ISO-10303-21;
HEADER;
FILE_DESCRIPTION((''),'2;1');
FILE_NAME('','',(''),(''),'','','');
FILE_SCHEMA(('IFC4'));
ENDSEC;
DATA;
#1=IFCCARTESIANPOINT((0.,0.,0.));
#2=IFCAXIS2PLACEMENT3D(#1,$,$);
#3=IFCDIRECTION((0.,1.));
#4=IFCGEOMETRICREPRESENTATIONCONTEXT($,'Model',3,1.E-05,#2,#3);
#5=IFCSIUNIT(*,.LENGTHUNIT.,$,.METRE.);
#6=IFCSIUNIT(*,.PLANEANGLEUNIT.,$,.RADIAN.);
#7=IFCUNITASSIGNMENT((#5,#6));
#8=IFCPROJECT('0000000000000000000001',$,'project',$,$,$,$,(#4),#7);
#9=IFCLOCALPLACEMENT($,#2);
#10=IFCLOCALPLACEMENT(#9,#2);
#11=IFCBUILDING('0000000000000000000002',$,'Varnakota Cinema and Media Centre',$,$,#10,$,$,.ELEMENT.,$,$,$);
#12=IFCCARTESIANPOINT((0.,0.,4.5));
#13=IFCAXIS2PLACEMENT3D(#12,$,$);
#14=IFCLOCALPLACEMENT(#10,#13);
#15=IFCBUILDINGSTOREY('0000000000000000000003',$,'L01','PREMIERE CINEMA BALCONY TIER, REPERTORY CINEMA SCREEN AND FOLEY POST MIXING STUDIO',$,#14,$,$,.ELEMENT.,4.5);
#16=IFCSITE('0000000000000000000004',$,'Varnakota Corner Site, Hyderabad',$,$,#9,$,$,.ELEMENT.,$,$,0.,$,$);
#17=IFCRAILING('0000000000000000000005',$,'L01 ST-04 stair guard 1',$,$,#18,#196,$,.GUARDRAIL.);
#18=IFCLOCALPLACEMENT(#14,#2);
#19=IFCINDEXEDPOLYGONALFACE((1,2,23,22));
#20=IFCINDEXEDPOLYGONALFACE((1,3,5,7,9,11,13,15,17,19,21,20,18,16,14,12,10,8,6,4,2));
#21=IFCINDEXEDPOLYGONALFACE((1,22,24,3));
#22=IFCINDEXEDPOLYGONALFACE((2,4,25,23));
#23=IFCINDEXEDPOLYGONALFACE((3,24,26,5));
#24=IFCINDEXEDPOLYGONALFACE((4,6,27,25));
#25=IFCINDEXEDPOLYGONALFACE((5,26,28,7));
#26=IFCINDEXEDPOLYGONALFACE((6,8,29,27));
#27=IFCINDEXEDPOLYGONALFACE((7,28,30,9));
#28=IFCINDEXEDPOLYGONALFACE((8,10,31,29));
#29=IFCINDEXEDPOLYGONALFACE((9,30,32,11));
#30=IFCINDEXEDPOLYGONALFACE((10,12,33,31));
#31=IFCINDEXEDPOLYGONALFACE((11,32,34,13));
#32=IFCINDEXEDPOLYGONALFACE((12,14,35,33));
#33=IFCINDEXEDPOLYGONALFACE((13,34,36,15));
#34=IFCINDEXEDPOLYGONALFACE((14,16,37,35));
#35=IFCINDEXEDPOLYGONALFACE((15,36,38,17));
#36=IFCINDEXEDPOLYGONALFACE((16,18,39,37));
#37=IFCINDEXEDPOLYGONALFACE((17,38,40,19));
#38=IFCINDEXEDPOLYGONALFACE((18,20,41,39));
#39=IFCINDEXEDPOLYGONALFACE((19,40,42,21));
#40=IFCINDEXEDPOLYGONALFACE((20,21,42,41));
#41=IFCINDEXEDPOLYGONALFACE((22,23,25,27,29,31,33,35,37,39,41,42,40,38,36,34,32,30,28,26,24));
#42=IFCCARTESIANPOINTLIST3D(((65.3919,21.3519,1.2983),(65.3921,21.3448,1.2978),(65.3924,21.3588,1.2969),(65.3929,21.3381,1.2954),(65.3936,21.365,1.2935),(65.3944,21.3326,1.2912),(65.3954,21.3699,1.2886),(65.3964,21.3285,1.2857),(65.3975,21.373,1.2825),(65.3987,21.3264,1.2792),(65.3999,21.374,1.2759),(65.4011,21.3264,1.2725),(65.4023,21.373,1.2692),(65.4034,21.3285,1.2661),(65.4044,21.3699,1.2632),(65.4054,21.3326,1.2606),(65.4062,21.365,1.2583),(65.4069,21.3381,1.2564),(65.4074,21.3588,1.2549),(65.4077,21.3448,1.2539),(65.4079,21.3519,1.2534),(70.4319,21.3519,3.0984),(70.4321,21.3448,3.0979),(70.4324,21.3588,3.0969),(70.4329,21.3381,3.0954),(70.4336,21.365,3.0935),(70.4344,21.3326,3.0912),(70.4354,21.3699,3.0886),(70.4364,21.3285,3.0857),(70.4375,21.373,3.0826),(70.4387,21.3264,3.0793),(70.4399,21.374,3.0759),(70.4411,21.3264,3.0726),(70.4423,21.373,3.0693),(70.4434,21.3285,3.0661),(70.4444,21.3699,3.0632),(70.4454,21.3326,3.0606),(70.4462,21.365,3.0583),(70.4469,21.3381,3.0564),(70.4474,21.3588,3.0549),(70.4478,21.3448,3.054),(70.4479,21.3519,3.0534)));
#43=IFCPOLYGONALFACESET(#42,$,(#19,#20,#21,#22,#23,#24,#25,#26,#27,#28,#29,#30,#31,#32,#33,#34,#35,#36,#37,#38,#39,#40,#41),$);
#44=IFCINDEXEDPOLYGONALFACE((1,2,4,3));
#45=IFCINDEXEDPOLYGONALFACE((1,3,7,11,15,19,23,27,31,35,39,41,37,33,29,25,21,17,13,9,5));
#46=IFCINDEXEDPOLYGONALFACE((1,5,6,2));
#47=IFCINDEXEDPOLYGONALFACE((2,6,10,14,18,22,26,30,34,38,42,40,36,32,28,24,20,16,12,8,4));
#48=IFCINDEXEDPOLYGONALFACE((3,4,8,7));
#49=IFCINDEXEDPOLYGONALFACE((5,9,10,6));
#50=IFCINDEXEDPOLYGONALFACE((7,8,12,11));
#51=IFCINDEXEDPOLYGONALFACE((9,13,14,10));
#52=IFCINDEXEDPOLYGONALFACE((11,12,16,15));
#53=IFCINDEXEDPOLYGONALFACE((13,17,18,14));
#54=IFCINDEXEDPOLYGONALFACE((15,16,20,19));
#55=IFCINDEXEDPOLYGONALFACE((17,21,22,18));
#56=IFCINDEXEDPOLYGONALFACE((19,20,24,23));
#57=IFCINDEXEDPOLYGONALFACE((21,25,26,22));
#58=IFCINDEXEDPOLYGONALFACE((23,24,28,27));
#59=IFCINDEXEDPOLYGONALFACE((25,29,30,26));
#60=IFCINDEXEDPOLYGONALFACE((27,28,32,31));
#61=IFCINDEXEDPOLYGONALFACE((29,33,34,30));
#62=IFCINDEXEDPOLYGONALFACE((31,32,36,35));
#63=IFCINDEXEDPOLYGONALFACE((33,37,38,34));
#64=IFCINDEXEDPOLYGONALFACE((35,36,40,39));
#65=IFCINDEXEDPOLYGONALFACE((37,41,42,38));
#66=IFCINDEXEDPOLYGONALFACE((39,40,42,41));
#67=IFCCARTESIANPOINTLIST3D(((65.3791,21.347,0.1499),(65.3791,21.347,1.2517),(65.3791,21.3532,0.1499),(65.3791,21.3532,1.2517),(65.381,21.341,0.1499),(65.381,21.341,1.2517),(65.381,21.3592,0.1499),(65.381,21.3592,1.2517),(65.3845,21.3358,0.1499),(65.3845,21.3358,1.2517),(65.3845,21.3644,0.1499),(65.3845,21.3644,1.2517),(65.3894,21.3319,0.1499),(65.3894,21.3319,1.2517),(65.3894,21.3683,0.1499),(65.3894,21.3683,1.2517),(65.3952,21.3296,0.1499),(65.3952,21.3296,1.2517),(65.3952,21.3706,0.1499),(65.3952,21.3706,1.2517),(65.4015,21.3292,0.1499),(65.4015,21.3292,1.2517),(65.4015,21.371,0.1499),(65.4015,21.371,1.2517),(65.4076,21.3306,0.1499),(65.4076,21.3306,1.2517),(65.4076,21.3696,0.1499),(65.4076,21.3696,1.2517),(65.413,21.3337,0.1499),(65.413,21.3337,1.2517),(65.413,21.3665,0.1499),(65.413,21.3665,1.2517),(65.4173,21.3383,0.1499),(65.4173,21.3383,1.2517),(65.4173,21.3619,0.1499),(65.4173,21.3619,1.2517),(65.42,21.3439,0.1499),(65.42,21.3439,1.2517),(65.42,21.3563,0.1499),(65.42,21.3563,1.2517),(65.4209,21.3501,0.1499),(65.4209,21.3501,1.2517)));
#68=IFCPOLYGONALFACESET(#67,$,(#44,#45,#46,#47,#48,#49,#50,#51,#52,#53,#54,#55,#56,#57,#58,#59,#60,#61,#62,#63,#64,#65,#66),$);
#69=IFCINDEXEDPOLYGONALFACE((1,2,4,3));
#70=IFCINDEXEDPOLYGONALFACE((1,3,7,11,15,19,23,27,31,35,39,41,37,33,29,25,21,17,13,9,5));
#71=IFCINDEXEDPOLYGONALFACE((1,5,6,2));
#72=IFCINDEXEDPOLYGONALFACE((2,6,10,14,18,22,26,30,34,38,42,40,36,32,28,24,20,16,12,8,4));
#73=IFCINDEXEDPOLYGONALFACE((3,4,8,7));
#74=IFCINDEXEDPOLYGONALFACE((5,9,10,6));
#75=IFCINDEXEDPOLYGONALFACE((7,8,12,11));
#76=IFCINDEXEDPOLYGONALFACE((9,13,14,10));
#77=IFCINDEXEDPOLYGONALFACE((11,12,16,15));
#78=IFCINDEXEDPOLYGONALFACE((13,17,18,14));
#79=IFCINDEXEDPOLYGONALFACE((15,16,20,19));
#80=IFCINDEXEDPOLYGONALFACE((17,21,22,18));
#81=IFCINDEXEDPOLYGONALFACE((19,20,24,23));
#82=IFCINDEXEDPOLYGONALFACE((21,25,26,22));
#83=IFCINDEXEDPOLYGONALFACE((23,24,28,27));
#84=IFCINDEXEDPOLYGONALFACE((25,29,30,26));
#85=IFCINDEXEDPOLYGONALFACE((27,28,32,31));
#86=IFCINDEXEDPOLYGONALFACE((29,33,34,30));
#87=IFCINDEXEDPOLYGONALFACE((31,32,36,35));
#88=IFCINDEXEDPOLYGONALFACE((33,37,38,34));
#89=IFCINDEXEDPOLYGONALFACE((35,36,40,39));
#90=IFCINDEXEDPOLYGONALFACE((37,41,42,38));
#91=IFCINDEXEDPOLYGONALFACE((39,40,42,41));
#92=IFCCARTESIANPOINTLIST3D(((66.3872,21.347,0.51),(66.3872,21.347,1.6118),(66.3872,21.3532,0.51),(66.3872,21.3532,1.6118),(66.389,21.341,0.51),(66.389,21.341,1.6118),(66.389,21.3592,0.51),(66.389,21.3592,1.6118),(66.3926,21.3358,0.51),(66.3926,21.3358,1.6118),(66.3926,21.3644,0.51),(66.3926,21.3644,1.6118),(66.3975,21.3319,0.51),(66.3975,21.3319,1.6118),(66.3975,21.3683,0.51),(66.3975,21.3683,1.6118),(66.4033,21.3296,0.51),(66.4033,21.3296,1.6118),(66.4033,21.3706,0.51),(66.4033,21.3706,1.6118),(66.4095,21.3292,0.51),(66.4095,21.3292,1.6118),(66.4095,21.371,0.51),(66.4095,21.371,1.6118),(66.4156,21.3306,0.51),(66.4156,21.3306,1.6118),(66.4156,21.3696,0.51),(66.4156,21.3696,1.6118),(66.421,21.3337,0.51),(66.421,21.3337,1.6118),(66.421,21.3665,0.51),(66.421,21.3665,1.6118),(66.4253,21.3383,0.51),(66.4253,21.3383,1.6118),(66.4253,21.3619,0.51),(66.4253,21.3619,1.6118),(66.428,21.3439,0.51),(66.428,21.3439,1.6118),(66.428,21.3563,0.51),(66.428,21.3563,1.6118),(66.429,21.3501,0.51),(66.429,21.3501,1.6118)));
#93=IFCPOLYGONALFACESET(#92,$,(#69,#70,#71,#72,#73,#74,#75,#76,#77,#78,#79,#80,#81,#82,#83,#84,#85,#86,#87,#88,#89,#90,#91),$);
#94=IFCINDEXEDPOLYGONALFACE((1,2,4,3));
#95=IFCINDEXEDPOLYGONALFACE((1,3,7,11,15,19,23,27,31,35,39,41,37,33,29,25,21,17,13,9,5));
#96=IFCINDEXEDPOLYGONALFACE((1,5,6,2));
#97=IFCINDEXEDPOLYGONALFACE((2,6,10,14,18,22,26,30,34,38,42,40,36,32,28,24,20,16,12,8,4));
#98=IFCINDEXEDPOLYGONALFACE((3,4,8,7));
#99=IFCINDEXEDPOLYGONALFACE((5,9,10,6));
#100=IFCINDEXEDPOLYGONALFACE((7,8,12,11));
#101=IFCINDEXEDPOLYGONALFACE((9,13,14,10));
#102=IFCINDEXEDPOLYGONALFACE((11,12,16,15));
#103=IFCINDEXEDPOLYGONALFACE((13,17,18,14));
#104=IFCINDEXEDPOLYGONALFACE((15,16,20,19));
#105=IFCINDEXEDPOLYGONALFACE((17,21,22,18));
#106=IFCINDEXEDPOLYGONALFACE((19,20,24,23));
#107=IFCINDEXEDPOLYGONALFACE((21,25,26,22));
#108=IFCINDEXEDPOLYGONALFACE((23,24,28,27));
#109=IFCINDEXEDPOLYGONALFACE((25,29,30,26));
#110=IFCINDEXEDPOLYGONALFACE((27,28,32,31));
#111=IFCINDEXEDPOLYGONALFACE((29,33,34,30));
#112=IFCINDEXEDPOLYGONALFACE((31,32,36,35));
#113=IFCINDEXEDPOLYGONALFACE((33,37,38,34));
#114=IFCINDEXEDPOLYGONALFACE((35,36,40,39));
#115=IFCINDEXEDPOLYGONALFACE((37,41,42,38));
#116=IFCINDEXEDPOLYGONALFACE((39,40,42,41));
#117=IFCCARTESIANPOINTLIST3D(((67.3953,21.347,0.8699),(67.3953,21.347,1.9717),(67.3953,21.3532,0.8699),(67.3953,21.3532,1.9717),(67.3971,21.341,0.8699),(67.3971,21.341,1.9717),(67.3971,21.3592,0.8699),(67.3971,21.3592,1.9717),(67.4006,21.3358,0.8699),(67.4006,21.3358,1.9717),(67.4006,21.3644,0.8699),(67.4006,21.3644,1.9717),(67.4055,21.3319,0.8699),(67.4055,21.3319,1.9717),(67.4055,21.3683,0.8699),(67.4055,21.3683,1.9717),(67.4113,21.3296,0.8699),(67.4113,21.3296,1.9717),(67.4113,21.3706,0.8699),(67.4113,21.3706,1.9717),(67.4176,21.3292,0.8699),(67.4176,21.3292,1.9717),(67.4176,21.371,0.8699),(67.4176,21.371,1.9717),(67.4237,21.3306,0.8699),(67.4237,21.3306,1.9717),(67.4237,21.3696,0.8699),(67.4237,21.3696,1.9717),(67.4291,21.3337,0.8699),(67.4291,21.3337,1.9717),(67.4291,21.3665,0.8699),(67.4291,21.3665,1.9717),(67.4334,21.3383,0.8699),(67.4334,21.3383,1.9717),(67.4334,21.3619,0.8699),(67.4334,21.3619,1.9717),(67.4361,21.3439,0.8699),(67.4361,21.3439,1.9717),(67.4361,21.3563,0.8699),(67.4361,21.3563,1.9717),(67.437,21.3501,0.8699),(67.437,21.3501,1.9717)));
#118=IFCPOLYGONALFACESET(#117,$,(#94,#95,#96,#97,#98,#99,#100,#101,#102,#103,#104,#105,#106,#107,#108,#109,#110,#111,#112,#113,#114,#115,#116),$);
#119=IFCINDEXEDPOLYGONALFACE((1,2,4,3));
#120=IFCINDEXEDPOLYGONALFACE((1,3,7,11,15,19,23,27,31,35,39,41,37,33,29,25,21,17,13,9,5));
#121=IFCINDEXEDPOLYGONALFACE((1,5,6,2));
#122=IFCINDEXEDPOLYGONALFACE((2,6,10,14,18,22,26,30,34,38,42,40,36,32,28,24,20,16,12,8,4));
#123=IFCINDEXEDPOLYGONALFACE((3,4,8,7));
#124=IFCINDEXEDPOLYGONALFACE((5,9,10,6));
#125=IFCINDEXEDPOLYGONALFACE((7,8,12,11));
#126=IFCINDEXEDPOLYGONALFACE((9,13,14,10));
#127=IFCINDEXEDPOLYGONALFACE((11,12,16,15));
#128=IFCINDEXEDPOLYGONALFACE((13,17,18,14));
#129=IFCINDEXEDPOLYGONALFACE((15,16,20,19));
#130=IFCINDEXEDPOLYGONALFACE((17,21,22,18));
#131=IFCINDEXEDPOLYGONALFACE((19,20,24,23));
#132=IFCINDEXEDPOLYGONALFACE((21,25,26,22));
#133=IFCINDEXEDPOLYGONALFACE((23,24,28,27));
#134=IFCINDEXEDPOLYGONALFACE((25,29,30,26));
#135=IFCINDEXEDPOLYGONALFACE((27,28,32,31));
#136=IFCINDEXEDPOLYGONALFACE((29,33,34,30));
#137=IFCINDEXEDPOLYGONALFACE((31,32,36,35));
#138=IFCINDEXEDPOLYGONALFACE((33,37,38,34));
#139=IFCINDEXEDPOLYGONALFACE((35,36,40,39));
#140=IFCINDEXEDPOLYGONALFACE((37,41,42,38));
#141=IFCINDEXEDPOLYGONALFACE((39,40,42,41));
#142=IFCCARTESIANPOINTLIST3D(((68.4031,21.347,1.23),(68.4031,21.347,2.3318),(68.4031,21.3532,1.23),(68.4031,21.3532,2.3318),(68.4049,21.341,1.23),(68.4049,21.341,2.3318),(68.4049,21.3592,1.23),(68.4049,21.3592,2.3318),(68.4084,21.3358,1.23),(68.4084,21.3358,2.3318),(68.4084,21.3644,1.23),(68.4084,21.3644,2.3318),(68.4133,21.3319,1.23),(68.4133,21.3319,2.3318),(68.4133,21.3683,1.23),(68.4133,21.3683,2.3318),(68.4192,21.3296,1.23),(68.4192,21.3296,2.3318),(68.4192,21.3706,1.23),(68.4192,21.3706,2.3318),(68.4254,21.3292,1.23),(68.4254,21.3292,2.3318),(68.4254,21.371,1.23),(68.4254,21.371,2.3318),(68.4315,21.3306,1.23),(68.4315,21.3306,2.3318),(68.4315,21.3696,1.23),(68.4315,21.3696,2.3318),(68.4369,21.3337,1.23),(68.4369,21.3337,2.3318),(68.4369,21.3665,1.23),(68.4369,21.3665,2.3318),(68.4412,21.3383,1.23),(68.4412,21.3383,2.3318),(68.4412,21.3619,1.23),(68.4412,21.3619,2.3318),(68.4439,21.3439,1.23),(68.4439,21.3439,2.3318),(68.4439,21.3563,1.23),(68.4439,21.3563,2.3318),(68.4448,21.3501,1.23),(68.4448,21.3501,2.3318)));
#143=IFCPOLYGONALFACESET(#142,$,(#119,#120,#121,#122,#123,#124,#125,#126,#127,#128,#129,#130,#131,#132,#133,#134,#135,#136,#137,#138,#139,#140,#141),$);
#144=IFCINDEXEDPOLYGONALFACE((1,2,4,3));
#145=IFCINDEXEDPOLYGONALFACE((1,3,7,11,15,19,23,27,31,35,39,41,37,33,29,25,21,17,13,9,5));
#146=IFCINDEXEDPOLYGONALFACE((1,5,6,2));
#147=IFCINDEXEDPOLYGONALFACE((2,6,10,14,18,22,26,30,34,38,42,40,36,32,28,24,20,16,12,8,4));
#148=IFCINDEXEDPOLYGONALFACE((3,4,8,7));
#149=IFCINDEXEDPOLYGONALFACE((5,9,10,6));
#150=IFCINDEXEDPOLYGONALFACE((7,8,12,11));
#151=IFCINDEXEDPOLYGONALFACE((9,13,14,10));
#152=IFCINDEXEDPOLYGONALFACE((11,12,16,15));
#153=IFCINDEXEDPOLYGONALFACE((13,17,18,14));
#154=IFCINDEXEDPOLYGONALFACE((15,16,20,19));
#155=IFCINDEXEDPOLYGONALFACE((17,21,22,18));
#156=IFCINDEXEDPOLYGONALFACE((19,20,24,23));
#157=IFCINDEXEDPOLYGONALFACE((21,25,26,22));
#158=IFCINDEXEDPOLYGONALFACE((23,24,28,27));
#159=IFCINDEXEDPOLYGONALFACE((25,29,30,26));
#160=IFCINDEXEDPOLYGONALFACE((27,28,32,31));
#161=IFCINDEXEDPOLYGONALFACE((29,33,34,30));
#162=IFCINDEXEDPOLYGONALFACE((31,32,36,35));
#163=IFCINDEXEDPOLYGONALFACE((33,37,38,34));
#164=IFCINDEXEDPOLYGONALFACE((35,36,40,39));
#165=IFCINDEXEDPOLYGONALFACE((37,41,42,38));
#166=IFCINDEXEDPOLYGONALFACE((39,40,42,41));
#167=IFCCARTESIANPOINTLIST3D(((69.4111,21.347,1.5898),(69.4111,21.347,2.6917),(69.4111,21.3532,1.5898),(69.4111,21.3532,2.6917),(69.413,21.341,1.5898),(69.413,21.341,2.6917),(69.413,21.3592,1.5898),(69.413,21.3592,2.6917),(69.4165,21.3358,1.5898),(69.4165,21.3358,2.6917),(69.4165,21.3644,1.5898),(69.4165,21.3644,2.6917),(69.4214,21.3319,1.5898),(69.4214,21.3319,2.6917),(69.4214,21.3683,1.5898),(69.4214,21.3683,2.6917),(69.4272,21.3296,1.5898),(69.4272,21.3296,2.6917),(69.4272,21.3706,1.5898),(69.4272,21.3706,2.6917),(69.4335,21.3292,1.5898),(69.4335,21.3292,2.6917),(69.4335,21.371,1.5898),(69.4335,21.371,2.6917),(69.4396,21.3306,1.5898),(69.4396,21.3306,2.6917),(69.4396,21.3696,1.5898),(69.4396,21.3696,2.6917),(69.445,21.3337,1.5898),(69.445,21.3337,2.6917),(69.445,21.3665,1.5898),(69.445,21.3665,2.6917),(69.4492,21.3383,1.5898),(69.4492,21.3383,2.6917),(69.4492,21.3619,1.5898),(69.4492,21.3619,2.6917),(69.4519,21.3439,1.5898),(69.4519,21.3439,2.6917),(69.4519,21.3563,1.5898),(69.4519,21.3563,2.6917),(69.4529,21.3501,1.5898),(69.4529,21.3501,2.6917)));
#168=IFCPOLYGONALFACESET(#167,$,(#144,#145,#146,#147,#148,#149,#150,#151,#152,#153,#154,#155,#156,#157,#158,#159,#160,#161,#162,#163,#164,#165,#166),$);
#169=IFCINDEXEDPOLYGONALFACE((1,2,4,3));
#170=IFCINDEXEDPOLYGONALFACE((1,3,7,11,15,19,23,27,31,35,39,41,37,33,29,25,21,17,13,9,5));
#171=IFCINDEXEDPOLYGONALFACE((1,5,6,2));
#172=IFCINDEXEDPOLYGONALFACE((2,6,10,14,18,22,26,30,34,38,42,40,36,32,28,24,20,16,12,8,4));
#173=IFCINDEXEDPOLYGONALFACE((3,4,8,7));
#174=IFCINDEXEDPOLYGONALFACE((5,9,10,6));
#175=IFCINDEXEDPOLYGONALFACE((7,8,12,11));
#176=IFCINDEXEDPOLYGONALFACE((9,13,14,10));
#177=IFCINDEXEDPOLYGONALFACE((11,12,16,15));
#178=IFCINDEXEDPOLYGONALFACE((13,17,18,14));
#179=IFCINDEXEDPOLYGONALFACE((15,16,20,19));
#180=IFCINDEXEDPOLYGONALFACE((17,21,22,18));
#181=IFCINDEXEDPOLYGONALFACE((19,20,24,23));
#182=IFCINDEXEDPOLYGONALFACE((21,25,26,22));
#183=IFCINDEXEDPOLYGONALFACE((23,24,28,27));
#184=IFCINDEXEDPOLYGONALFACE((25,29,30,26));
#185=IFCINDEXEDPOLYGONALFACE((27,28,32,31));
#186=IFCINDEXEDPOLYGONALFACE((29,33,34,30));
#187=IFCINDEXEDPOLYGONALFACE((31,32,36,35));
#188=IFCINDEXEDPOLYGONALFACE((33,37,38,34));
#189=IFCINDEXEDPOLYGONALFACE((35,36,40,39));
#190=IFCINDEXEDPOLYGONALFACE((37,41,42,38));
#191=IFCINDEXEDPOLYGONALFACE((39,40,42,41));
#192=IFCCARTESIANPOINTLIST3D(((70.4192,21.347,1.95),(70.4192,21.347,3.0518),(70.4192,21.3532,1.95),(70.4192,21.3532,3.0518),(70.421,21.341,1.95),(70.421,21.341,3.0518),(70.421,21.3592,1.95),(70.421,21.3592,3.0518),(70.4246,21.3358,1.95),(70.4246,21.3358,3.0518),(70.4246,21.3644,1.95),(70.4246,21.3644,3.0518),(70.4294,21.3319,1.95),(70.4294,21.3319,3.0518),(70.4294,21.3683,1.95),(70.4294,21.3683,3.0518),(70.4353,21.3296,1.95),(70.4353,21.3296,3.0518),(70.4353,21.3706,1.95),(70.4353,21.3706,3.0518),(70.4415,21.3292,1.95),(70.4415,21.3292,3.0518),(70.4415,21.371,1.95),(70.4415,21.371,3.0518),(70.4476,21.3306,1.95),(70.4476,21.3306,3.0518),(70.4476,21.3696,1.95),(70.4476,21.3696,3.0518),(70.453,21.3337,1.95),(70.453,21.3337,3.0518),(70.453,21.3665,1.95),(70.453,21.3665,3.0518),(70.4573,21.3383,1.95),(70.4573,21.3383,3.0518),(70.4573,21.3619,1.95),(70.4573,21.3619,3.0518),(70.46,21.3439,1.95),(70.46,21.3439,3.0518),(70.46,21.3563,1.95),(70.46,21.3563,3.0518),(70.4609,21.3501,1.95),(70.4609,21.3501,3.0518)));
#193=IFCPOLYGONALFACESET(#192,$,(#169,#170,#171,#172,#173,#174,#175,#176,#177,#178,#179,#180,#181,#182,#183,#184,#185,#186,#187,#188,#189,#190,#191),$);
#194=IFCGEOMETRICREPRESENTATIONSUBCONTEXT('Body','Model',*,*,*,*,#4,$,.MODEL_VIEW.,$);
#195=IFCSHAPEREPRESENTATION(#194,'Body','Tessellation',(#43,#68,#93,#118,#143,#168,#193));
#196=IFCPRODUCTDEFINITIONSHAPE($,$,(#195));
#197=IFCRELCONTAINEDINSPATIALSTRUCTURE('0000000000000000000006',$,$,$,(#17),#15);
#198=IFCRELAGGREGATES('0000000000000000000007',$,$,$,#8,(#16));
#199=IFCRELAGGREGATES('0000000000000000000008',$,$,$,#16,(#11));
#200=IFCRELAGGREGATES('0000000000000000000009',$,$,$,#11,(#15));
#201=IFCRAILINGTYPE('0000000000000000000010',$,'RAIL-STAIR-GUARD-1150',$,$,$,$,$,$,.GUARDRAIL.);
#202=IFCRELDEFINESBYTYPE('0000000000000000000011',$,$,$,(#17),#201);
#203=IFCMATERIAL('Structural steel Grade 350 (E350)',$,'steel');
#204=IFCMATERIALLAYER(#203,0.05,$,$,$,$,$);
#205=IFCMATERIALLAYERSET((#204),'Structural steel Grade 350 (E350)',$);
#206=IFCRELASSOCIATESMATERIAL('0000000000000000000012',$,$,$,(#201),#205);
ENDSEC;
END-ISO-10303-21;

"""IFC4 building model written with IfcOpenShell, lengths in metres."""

from ifc_helpers import new_model, si_unit, direction, frame, origin, origin_2d, place, context, subcontext, project, spatial, circle, extrude, material, layer, layer_set, type_object, element, save


model = new_model("IFC4")

# Units and contexts
model_context = context("Model", 3, precision=1e-05, world=origin(), true_north=direction((0.0, 1.0)))
body_context = subcontext(model_context, "Body", "Model", "MODEL_VIEW")
ifc_project = project(units=[si_unit("LENGTHUNIT", "METRE"), si_unit("PLANEANGLEUNIT", "RADIAN")], contexts=[model_context])

# Site, building, storey
site_placement = place(None, origin())
site = spatial("IfcSite", under=ifc_project, at=site_placement, Name="Varnakota Corner Site, Hyderabad", CompositionType="ELEMENT", RefElevation=0.0)
building_placement = place(site_placement, origin())
building = spatial("IfcBuilding", under=site, at=building_placement, Name="Varnakota Cinema and Media Centre", CompositionType="ELEMENT")
storey_placement = place(building_placement, frame((0.0, 0.0, 4.5)))
storey = spatial("IfcBuildingStorey", under=building, at=storey_placement, Name="L01", Description="PREMIERE CINEMA BALCONY TIER, REPERTORY CINEMA SCREEN AND FOLEY POST MIXING STUDIO", CompositionType="ELEMENT", Elevation=4.5)

# Railing
ifc_material_1 = material(Name="Structural steel Grade 350 (E350)", Category="steel")
ifc_layer_1 = layer(ifc_material_1, 0.05)
ifc_layer_set_1 = layer_set([ifc_layer_1], Name="Structural steel Grade 350 (E350)")
railing_type_1 = type_object("IfcRailingType", Name="RAIL-STAIR-GUARD-1150", PredefinedType="GUARDRAIL", material=ifc_layer_set_1)
railing_1_placement = place(storey_placement, frame((65.3999, 21.3501, 0.1499)))
element("IfcRailing", 1, at=railing_1_placement, inside=storey, type_object=railing_type_1, Name="L01 ST-04 stair guard 1", PredefinedType="GUARDRAIL", context=body_context, shape_type="SweptSolid", body=[
    extrude(circle(Radius=0.0239, at=origin_2d()), frame((0.0, 0.0, 1.126), z_axis=(0.94174, 0.0, 0.336342), x_axis=(0.0, 1.0, 0.0)), (0.0, 0.0, 1.0), 5.3518),
    extrude(circle(Radius=0.021, at=origin_2d()), origin(), (0.0, 0.0, 1.0), 1.1018),
    extrude(circle(Radius=0.021, at=origin_2d()), frame((1.0081, 0.0, 0.3601)), (0.0, 0.0, 1.0), 1.1018),
    extrude(circle(Radius=0.021, at=origin_2d()), frame((2.0161, 0.0, 0.72)), (0.0, 0.0, 1.0), 1.1018),
    extrude(circle(Radius=0.021, at=origin_2d()), frame((3.0239, 0.0, 1.0801)), (0.0, 0.0, 1.0), 1.1018),
    extrude(circle(Radius=0.021, at=origin_2d()), frame((4.032, 0.0, 1.4399)), (0.0, 0.0, 1.0), 1.1018),
    extrude(circle(Radius=0.021, at=origin_2d()), frame((5.04, 0.0, 1.8)), (0.0, 0.0, 1.0), 1.1018),
])

save(model, "model.ifc")
